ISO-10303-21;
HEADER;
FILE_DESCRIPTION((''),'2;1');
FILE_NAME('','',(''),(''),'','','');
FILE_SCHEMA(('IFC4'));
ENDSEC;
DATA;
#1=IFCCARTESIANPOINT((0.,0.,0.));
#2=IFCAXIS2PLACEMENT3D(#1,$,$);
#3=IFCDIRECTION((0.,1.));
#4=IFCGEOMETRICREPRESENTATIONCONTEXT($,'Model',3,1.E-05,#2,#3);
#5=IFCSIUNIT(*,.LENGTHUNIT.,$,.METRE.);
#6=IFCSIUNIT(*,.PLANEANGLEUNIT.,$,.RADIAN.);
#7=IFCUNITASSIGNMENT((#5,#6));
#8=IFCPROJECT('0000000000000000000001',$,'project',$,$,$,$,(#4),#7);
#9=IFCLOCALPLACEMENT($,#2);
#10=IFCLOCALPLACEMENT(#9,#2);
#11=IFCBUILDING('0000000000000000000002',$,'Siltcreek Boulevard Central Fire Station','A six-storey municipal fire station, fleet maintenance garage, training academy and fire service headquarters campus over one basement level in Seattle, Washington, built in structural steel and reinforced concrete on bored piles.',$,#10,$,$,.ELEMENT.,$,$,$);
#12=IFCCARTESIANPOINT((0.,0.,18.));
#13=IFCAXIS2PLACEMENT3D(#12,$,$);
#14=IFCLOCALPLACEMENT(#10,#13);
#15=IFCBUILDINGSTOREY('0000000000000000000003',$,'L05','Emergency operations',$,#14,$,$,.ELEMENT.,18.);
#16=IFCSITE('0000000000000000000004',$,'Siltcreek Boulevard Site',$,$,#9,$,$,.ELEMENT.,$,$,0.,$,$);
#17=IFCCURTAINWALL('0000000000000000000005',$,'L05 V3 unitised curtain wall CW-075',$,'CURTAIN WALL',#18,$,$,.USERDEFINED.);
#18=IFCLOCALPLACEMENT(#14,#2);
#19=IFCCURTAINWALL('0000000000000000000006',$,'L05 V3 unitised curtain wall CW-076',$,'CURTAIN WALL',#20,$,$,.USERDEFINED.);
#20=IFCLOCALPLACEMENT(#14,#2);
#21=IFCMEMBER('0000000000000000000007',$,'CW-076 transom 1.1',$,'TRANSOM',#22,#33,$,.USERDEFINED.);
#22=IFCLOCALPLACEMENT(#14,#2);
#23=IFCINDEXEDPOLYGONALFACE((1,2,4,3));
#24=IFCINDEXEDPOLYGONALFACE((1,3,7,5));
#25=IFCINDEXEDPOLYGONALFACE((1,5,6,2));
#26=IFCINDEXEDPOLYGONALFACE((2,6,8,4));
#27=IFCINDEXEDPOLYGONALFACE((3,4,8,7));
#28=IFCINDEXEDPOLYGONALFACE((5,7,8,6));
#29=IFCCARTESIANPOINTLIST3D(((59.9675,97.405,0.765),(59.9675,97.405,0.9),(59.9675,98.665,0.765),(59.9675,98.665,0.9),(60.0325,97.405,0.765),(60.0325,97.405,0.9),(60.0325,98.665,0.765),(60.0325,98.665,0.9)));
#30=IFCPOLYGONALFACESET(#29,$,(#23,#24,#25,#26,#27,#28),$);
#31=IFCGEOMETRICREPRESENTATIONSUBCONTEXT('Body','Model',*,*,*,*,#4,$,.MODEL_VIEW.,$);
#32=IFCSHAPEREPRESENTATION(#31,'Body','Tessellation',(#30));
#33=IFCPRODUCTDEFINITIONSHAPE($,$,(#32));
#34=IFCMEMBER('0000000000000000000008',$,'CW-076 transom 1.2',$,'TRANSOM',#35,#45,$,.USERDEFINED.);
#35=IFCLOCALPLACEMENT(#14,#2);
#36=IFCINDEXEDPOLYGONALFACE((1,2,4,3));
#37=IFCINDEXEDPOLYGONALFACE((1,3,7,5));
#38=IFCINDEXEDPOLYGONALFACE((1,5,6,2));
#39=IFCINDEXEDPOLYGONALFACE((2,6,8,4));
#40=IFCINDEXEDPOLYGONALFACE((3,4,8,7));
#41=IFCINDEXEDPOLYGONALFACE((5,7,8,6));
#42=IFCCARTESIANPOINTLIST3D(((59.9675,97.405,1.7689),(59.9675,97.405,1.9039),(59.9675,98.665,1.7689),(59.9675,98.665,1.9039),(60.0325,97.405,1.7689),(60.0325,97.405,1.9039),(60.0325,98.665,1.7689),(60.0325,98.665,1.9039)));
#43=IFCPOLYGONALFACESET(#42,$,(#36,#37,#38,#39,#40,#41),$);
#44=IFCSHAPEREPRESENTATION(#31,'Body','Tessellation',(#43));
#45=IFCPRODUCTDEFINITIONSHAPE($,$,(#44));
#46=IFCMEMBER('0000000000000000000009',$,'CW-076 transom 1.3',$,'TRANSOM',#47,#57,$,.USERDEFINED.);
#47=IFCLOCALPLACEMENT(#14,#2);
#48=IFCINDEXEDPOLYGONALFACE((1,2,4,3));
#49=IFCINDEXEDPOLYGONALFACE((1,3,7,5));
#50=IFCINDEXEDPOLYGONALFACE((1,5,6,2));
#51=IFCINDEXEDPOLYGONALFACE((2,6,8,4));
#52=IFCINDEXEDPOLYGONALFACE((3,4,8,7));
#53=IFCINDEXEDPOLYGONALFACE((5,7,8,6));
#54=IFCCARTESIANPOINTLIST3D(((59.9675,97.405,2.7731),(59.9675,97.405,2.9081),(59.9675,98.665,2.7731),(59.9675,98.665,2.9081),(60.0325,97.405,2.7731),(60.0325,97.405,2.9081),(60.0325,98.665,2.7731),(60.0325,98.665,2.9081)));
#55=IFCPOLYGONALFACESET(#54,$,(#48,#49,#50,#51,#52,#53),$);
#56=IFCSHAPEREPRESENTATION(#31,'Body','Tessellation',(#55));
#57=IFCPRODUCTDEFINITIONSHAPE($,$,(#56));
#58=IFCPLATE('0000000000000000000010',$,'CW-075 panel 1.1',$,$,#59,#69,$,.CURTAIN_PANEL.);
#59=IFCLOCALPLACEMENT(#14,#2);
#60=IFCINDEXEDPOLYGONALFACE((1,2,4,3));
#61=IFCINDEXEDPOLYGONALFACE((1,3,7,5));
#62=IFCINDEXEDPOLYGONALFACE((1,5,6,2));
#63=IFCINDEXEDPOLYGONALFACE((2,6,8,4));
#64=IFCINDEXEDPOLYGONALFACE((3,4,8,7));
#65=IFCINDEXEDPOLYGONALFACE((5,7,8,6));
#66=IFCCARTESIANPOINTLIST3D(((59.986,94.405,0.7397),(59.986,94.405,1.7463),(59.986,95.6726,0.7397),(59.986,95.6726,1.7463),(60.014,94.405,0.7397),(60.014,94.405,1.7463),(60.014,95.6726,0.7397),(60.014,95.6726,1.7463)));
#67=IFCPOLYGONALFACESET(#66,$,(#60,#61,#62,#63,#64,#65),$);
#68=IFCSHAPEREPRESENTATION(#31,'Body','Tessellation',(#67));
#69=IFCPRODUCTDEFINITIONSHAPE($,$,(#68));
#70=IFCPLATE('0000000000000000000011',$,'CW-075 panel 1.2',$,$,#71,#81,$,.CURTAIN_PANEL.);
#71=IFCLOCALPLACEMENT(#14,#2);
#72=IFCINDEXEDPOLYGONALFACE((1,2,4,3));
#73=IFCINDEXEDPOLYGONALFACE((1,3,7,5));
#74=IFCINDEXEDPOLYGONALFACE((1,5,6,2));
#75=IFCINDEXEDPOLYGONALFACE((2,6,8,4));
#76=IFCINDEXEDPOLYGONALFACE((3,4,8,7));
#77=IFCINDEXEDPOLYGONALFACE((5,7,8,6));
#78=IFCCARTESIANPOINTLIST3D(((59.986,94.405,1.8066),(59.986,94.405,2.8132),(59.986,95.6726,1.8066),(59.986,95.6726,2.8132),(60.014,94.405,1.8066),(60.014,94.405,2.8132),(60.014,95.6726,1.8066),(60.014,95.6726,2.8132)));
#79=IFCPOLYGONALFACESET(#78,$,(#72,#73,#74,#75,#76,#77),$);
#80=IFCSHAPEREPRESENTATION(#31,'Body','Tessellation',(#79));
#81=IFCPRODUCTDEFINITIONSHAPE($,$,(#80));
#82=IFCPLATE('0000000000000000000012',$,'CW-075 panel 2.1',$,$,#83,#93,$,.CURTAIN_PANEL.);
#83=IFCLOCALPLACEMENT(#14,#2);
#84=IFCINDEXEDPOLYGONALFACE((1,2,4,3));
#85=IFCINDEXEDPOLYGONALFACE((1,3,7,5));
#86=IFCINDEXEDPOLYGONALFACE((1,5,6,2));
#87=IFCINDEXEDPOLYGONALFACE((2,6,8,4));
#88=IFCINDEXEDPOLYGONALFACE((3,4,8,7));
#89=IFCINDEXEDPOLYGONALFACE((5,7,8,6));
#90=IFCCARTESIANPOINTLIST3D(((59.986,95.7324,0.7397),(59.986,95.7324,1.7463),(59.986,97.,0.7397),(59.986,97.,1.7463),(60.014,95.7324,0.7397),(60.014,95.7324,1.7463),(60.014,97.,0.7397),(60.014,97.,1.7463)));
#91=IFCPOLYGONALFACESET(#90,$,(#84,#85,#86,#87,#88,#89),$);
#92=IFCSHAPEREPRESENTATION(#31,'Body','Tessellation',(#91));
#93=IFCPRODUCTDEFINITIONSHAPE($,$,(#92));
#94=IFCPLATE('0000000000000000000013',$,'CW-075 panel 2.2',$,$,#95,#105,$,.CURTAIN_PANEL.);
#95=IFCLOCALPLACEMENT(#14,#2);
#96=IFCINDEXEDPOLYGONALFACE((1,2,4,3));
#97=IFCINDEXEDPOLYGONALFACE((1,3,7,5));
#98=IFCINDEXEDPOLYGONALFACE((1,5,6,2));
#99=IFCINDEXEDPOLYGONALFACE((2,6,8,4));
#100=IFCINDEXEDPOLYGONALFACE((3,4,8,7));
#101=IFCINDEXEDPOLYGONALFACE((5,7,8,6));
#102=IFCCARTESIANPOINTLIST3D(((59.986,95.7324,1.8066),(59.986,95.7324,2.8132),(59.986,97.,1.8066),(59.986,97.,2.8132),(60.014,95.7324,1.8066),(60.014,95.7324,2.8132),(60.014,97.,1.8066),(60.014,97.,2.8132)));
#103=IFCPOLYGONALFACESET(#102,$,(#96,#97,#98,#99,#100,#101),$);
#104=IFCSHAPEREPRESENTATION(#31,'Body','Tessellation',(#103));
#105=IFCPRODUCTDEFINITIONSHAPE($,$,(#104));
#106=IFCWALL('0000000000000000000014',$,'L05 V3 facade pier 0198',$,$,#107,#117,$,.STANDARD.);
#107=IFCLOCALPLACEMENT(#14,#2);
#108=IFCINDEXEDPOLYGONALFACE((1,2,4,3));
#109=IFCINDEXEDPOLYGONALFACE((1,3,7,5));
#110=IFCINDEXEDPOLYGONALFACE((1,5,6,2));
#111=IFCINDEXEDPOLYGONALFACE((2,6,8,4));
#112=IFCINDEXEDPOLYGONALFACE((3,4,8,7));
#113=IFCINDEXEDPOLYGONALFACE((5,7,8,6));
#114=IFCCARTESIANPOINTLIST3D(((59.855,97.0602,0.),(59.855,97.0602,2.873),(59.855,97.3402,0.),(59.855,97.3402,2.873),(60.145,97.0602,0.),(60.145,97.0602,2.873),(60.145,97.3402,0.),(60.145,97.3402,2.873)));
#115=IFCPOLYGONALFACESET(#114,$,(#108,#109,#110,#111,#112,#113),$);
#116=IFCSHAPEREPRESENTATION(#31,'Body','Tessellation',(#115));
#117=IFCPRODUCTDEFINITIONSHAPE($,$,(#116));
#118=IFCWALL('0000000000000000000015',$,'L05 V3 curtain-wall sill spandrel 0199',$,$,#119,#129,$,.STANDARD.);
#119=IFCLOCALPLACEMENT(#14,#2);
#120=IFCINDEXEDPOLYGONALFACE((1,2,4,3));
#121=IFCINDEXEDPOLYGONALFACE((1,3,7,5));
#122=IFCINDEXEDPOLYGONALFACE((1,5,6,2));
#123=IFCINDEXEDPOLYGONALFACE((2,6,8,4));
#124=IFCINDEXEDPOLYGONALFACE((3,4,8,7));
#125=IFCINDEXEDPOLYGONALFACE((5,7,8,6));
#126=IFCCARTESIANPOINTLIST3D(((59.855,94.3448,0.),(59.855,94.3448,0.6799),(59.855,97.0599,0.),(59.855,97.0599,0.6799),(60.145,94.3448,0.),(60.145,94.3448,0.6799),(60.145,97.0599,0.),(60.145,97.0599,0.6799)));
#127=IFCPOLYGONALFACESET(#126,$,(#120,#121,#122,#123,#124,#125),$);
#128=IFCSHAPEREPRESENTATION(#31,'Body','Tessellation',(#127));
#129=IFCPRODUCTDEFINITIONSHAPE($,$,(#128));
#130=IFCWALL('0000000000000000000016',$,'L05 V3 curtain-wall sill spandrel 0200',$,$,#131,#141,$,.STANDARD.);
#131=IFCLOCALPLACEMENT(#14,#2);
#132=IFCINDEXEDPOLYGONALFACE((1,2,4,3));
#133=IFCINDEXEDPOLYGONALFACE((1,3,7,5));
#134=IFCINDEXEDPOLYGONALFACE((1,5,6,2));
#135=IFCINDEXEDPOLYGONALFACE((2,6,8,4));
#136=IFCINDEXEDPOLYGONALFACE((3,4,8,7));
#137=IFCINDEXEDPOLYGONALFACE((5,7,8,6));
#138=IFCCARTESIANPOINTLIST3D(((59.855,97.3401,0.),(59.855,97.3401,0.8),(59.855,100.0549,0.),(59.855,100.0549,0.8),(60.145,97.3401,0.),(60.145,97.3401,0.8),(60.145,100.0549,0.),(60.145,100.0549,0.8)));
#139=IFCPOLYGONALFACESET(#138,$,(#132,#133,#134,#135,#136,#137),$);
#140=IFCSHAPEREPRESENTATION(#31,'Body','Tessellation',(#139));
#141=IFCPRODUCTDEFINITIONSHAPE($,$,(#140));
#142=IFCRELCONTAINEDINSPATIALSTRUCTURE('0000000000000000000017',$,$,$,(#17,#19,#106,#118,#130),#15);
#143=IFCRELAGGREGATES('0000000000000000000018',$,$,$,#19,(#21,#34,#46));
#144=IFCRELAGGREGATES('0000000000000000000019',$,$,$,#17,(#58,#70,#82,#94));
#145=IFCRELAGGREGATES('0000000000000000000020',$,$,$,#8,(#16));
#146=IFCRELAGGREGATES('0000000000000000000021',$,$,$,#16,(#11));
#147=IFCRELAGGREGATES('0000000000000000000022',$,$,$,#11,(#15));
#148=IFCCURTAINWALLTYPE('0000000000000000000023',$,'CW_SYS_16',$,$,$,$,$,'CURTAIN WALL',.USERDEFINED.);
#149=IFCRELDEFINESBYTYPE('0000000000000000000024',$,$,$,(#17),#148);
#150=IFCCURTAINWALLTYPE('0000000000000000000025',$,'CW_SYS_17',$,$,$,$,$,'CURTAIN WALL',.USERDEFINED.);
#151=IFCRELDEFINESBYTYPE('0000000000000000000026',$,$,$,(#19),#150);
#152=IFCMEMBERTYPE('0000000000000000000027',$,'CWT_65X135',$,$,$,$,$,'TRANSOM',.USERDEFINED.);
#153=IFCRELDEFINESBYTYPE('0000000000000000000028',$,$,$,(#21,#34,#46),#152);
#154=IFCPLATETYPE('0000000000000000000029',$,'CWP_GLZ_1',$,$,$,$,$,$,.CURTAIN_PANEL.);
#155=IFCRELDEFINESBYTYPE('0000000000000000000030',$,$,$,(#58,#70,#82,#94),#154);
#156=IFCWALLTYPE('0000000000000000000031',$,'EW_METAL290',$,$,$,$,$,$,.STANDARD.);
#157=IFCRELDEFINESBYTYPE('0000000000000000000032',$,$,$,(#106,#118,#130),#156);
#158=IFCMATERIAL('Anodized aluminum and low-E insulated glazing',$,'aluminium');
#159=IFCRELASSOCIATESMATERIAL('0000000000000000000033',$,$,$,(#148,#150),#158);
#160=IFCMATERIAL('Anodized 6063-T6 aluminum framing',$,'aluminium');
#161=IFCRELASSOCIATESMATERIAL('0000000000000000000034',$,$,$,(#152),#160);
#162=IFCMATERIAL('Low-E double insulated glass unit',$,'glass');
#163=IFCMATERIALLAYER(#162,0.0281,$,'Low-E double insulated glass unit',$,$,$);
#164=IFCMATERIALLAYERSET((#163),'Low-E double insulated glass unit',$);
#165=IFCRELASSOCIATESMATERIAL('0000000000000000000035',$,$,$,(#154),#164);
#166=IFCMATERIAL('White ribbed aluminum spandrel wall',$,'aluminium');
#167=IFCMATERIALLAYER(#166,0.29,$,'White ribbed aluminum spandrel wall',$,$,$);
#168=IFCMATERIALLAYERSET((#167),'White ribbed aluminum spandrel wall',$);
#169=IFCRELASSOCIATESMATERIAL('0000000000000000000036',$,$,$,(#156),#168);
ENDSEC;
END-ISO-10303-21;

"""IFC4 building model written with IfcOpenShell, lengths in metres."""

from ifc_helpers import new_model, si_unit, direction, frame, frame_2d, origin, origin_2d, place, context, subcontext, project, spatial, rectangle, extrude, material, layer, layer_set, material_profile, profile_set, type_object, element, aggregate, save


model = new_model("IFC4")

# Units and contexts
model_context = context("Model", 3, precision=1e-05, world=origin(), true_north=direction((0.0, 1.0)))
body_context = subcontext(model_context, "Body", "Model", "MODEL_VIEW")
ifc_project = project(units=[si_unit("LENGTHUNIT", "METRE"), si_unit("PLANEANGLEUNIT", "RADIAN")], contexts=[model_context])

# Site, building, storey
site_placement = place(None, origin())
site = spatial("IfcSite", under=ifc_project, at=site_placement, Name="Siltcreek Boulevard Site", CompositionType="ELEMENT", RefElevation=0.0)
building_placement = place(site_placement, origin())
building = spatial("IfcBuilding", under=site, at=building_placement, Name="Siltcreek Boulevard Central Fire Station", Description="A six-storey municipal fire station, fleet maintenance garage, training academy and fire service headquarters campus over one basement level in Seattle, Washington, built in structural steel and reinforced concrete on bored piles.", CompositionType="ELEMENT")
storey_placement = place(building_placement, frame((0.0, 0.0, 18.0)))
storey = spatial("IfcBuildingStorey", under=building, at=storey_placement, Name="L05", Description="Emergency operations", CompositionType="ELEMENT", Elevation=18.0)

# Curtain wall
ifc_material_1 = material(Name="Anodized aluminum and low-E insulated glazing", Category="aluminium")
curtain_wall_type_1 = type_object("IfcCurtainWallType", Name="CW_SYS_16", ElementType="CURTAIN WALL", PredefinedType="USERDEFINED", material=ifc_material_1)
curtain_wall_1_placement = place(storey_placement, origin())
curtain_wall_1 = element("IfcCurtainWall", 1, at=curtain_wall_1_placement, inside=storey, type_object=curtain_wall_type_1, Name="L05 V3 unitised curtain wall CW-075", ObjectType="CURTAIN WALL", PredefinedType="USERDEFINED")
ifc_material_2 = material(Name="Anodized 6063-T6 aluminum framing", Category="aluminium")

# Curtain wall
curtain_wall_type_2 = type_object("IfcCurtainWallType", Name="CW_SYS_17", ElementType="CURTAIN WALL", PredefinedType="USERDEFINED", material=ifc_material_1)
curtain_wall_2_placement = place(storey_placement, origin())
curtain_wall_2 = element("IfcCurtainWall", 2, at=curtain_wall_2_placement, inside=storey, type_object=curtain_wall_type_2, Name="L05 V3 unitised curtain wall CW-076", ObjectType="CURTAIN WALL", PredefinedType="USERDEFINED")

# Members
ifc_material_profile_1 = material_profile(ifc_material_2, rectangle(XDim=0.0649, YDim=0.135, at=origin_2d()), Name="TRAN65X135")
ifc_profile_set_1 = profile_set([ifc_material_profile_1], Name="Anodized 6063-T6 aluminum framing")
member_type_1 = type_object("IfcMemberType", Name="CWT_65X135", ElementType="TRANSOM", PredefinedType="USERDEFINED", material=ifc_profile_set_1)
member_1_placement = place(storey_placement, frame((60.0, 97.405, 0.8325), z_axis=(0.0, 1.0, 0.0), x_axis=(-1.0, 0.0, 0.0)))
member_1 = element("IfcMember", 3, at=member_1_placement, type_object=member_type_1, Name="CW-076 transom 1.1", ObjectType="TRANSOM", PredefinedType="USERDEFINED", context=body_context, shape_type="SweptSolid", body=[
    extrude(rectangle(XDim=0.0649, YDim=0.135, at=origin_2d()), origin(), (0.0, 0.0, 1.0), 1.26),
])
member_2_placement = place(storey_placement, frame((60.0, 97.405, 1.8364), z_axis=(0.0, 1.0, 0.0), x_axis=(-1.0, 0.0, 0.0)))
member_2 = element("IfcMember", 4, at=member_2_placement, type_object=member_type_1, Name="CW-076 transom 1.2", ObjectType="TRANSOM", PredefinedType="USERDEFINED", context=body_context, shape_type="SweptSolid", body=[
    extrude(rectangle(XDim=0.0649, YDim=0.135, at=origin_2d()), origin(), (0.0, 0.0, 1.0), 1.26),
])
member_3_placement = place(storey_placement, frame((60.0, 97.405, 2.8406), z_axis=(0.0, 1.0, 0.0), x_axis=(-1.0, 0.0, 0.0)))
member_3 = element("IfcMember", 5, at=member_3_placement, type_object=member_type_1, Name="CW-076 transom 1.3", ObjectType="TRANSOM", PredefinedType="USERDEFINED", context=body_context, shape_type="SweptSolid", body=[
    extrude(rectangle(XDim=0.0649, YDim=0.135, at=origin_2d()), origin(), (0.0, 0.0, 1.0), 1.26),
])
aggregate(curtain_wall_2, [member_1, member_2, member_3])

# Plates
ifc_material_3 = material(Name="Low-E double insulated glass unit", Category="glass")
ifc_layer_1 = layer(ifc_material_3, 0.0281, Name="Low-E double insulated glass unit")
ifc_layer_set_1 = layer_set([ifc_layer_1], Name="Low-E double insulated glass unit")
plate_type = type_object("IfcPlateType", Name="CWP_GLZ_1", PredefinedType="CURTAIN_PANEL", material=ifc_layer_set_1)
plate_1_placement = place(storey_placement, frame((60.0, 95.0388, 0.7397), z_axis=(0.0, 0.0, 1.0), x_axis=(0.0, 1.0, 0.0)))
plate_1 = element("IfcPlate", 6, at=plate_1_placement, type_object=plate_type, Name="CW-075 panel 1.1", PredefinedType="CURTAIN_PANEL", context=body_context, shape_type="SweptSolid", body=[
    extrude(rectangle(XDim=1.2676, YDim=0.0281, at=origin_2d()), origin(), (0.0, 0.0, 1.0), 1.0066),
])
plate_2_placement = place(storey_placement, frame((60.0, 95.0388, 1.8066), z_axis=(0.0, 0.0, 1.0), x_axis=(0.0, 1.0, 0.0)))
plate_2 = element("IfcPlate", 7, at=plate_2_placement, type_object=plate_type, Name="CW-075 panel 1.2", PredefinedType="CURTAIN_PANEL", context=body_context, shape_type="SweptSolid", body=[
    extrude(rectangle(XDim=1.2676, YDim=0.0281, at=origin_2d()), origin(), (0.0, 0.0, 1.0), 1.0066),
])
plate_3_placement = place(storey_placement, frame((60.0, 96.3662, 0.7397), z_axis=(0.0, 0.0, 1.0), x_axis=(0.0, 1.0, 0.0)))
plate_3 = element("IfcPlate", 8, at=plate_3_placement, type_object=plate_type, Name="CW-075 panel 2.1", PredefinedType="CURTAIN_PANEL", context=body_context, shape_type="SweptSolid", body=[
    extrude(rectangle(XDim=1.2676, YDim=0.0281, at=origin_2d()), origin(), (0.0, 0.0, 1.0), 1.0066),
])
plate_4_placement = place(storey_placement, frame((60.0, 96.3662, 1.8066), z_axis=(0.0, 0.0, 1.0), x_axis=(0.0, 1.0, 0.0)))
plate_4 = element("IfcPlate", 9, at=plate_4_placement, type_object=plate_type, Name="CW-075 panel 2.2", PredefinedType="CURTAIN_PANEL", context=body_context, shape_type="SweptSolid", body=[
    extrude(rectangle(XDim=1.2676, YDim=0.0281, at=origin_2d()), origin(), (0.0, 0.0, 1.0), 1.0066),
])
aggregate(curtain_wall_1, [plate_1, plate_2, plate_3, plate_4])

# Walls
ifc_material_4 = material(Name="White ribbed aluminum spandrel wall", Category="aluminium")
ifc_layer_2 = layer(ifc_material_4, 0.29, Name="White ribbed aluminum spandrel wall")
ifc_layer_set_2 = layer_set([ifc_layer_2], Name="White ribbed aluminum spandrel wall")
wall_type = type_object("IfcWallType", Name="EW_METAL290", PredefinedType="STANDARD", material=ifc_layer_set_2)
wall_1_placement = place(storey_placement, frame((60.0, 97.0601, 0.0), z_axis=(0.0, 0.0, 1.0), x_axis=(0.0, 1.0, 0.0)))
element("IfcWall", 10, at=wall_1_placement, inside=storey, type_object=wall_type, Name="L05 V3 facade pier 0198", PredefinedType="STANDARD", context=body_context, shape_type="SweptSolid", body=[
    extrude(rectangle(XDim=0.28, YDim=0.29, at=frame_2d((0.1401, 0.0))), origin(), (0.0, 0.0, 1.0), 2.873),
])
wall_2_placement = place(storey_placement, frame((60.0, 94.345, 0.0), z_axis=(0.0, 0.0, 1.0), x_axis=(0.0, 1.0, 0.0)))
element("IfcWall", 11, at=wall_2_placement, inside=storey, type_object=wall_type, Name="L05 V3 curtain-wall sill spandrel 0199", PredefinedType="STANDARD", context=body_context, shape_type="SweptSolid", body=[
    extrude(rectangle(XDim=2.7151, YDim=0.29, at=frame_2d((1.3574, 0.0))), origin(), (0.0, 0.0, 1.0), 0.6799),
])
wall_3_placement = place(storey_placement, frame((60.0, 97.3401, 0.0), z_axis=(0.0, 0.0, 1.0), x_axis=(0.0, 1.0, 0.0)))
element("IfcWall", 12, at=wall_3_placement, inside=storey, type_object=wall_type, Name="L05 V3 curtain-wall sill spandrel 0200", PredefinedType="STANDARD", context=body_context, shape_type="SweptSolid", body=[
    extrude(rectangle(XDim=2.7148, YDim=0.29, at=frame_2d((1.3574, 0.0))), origin(), (0.0, 0.0, 1.0), 0.8),
])

save(model, "model.ifc")
